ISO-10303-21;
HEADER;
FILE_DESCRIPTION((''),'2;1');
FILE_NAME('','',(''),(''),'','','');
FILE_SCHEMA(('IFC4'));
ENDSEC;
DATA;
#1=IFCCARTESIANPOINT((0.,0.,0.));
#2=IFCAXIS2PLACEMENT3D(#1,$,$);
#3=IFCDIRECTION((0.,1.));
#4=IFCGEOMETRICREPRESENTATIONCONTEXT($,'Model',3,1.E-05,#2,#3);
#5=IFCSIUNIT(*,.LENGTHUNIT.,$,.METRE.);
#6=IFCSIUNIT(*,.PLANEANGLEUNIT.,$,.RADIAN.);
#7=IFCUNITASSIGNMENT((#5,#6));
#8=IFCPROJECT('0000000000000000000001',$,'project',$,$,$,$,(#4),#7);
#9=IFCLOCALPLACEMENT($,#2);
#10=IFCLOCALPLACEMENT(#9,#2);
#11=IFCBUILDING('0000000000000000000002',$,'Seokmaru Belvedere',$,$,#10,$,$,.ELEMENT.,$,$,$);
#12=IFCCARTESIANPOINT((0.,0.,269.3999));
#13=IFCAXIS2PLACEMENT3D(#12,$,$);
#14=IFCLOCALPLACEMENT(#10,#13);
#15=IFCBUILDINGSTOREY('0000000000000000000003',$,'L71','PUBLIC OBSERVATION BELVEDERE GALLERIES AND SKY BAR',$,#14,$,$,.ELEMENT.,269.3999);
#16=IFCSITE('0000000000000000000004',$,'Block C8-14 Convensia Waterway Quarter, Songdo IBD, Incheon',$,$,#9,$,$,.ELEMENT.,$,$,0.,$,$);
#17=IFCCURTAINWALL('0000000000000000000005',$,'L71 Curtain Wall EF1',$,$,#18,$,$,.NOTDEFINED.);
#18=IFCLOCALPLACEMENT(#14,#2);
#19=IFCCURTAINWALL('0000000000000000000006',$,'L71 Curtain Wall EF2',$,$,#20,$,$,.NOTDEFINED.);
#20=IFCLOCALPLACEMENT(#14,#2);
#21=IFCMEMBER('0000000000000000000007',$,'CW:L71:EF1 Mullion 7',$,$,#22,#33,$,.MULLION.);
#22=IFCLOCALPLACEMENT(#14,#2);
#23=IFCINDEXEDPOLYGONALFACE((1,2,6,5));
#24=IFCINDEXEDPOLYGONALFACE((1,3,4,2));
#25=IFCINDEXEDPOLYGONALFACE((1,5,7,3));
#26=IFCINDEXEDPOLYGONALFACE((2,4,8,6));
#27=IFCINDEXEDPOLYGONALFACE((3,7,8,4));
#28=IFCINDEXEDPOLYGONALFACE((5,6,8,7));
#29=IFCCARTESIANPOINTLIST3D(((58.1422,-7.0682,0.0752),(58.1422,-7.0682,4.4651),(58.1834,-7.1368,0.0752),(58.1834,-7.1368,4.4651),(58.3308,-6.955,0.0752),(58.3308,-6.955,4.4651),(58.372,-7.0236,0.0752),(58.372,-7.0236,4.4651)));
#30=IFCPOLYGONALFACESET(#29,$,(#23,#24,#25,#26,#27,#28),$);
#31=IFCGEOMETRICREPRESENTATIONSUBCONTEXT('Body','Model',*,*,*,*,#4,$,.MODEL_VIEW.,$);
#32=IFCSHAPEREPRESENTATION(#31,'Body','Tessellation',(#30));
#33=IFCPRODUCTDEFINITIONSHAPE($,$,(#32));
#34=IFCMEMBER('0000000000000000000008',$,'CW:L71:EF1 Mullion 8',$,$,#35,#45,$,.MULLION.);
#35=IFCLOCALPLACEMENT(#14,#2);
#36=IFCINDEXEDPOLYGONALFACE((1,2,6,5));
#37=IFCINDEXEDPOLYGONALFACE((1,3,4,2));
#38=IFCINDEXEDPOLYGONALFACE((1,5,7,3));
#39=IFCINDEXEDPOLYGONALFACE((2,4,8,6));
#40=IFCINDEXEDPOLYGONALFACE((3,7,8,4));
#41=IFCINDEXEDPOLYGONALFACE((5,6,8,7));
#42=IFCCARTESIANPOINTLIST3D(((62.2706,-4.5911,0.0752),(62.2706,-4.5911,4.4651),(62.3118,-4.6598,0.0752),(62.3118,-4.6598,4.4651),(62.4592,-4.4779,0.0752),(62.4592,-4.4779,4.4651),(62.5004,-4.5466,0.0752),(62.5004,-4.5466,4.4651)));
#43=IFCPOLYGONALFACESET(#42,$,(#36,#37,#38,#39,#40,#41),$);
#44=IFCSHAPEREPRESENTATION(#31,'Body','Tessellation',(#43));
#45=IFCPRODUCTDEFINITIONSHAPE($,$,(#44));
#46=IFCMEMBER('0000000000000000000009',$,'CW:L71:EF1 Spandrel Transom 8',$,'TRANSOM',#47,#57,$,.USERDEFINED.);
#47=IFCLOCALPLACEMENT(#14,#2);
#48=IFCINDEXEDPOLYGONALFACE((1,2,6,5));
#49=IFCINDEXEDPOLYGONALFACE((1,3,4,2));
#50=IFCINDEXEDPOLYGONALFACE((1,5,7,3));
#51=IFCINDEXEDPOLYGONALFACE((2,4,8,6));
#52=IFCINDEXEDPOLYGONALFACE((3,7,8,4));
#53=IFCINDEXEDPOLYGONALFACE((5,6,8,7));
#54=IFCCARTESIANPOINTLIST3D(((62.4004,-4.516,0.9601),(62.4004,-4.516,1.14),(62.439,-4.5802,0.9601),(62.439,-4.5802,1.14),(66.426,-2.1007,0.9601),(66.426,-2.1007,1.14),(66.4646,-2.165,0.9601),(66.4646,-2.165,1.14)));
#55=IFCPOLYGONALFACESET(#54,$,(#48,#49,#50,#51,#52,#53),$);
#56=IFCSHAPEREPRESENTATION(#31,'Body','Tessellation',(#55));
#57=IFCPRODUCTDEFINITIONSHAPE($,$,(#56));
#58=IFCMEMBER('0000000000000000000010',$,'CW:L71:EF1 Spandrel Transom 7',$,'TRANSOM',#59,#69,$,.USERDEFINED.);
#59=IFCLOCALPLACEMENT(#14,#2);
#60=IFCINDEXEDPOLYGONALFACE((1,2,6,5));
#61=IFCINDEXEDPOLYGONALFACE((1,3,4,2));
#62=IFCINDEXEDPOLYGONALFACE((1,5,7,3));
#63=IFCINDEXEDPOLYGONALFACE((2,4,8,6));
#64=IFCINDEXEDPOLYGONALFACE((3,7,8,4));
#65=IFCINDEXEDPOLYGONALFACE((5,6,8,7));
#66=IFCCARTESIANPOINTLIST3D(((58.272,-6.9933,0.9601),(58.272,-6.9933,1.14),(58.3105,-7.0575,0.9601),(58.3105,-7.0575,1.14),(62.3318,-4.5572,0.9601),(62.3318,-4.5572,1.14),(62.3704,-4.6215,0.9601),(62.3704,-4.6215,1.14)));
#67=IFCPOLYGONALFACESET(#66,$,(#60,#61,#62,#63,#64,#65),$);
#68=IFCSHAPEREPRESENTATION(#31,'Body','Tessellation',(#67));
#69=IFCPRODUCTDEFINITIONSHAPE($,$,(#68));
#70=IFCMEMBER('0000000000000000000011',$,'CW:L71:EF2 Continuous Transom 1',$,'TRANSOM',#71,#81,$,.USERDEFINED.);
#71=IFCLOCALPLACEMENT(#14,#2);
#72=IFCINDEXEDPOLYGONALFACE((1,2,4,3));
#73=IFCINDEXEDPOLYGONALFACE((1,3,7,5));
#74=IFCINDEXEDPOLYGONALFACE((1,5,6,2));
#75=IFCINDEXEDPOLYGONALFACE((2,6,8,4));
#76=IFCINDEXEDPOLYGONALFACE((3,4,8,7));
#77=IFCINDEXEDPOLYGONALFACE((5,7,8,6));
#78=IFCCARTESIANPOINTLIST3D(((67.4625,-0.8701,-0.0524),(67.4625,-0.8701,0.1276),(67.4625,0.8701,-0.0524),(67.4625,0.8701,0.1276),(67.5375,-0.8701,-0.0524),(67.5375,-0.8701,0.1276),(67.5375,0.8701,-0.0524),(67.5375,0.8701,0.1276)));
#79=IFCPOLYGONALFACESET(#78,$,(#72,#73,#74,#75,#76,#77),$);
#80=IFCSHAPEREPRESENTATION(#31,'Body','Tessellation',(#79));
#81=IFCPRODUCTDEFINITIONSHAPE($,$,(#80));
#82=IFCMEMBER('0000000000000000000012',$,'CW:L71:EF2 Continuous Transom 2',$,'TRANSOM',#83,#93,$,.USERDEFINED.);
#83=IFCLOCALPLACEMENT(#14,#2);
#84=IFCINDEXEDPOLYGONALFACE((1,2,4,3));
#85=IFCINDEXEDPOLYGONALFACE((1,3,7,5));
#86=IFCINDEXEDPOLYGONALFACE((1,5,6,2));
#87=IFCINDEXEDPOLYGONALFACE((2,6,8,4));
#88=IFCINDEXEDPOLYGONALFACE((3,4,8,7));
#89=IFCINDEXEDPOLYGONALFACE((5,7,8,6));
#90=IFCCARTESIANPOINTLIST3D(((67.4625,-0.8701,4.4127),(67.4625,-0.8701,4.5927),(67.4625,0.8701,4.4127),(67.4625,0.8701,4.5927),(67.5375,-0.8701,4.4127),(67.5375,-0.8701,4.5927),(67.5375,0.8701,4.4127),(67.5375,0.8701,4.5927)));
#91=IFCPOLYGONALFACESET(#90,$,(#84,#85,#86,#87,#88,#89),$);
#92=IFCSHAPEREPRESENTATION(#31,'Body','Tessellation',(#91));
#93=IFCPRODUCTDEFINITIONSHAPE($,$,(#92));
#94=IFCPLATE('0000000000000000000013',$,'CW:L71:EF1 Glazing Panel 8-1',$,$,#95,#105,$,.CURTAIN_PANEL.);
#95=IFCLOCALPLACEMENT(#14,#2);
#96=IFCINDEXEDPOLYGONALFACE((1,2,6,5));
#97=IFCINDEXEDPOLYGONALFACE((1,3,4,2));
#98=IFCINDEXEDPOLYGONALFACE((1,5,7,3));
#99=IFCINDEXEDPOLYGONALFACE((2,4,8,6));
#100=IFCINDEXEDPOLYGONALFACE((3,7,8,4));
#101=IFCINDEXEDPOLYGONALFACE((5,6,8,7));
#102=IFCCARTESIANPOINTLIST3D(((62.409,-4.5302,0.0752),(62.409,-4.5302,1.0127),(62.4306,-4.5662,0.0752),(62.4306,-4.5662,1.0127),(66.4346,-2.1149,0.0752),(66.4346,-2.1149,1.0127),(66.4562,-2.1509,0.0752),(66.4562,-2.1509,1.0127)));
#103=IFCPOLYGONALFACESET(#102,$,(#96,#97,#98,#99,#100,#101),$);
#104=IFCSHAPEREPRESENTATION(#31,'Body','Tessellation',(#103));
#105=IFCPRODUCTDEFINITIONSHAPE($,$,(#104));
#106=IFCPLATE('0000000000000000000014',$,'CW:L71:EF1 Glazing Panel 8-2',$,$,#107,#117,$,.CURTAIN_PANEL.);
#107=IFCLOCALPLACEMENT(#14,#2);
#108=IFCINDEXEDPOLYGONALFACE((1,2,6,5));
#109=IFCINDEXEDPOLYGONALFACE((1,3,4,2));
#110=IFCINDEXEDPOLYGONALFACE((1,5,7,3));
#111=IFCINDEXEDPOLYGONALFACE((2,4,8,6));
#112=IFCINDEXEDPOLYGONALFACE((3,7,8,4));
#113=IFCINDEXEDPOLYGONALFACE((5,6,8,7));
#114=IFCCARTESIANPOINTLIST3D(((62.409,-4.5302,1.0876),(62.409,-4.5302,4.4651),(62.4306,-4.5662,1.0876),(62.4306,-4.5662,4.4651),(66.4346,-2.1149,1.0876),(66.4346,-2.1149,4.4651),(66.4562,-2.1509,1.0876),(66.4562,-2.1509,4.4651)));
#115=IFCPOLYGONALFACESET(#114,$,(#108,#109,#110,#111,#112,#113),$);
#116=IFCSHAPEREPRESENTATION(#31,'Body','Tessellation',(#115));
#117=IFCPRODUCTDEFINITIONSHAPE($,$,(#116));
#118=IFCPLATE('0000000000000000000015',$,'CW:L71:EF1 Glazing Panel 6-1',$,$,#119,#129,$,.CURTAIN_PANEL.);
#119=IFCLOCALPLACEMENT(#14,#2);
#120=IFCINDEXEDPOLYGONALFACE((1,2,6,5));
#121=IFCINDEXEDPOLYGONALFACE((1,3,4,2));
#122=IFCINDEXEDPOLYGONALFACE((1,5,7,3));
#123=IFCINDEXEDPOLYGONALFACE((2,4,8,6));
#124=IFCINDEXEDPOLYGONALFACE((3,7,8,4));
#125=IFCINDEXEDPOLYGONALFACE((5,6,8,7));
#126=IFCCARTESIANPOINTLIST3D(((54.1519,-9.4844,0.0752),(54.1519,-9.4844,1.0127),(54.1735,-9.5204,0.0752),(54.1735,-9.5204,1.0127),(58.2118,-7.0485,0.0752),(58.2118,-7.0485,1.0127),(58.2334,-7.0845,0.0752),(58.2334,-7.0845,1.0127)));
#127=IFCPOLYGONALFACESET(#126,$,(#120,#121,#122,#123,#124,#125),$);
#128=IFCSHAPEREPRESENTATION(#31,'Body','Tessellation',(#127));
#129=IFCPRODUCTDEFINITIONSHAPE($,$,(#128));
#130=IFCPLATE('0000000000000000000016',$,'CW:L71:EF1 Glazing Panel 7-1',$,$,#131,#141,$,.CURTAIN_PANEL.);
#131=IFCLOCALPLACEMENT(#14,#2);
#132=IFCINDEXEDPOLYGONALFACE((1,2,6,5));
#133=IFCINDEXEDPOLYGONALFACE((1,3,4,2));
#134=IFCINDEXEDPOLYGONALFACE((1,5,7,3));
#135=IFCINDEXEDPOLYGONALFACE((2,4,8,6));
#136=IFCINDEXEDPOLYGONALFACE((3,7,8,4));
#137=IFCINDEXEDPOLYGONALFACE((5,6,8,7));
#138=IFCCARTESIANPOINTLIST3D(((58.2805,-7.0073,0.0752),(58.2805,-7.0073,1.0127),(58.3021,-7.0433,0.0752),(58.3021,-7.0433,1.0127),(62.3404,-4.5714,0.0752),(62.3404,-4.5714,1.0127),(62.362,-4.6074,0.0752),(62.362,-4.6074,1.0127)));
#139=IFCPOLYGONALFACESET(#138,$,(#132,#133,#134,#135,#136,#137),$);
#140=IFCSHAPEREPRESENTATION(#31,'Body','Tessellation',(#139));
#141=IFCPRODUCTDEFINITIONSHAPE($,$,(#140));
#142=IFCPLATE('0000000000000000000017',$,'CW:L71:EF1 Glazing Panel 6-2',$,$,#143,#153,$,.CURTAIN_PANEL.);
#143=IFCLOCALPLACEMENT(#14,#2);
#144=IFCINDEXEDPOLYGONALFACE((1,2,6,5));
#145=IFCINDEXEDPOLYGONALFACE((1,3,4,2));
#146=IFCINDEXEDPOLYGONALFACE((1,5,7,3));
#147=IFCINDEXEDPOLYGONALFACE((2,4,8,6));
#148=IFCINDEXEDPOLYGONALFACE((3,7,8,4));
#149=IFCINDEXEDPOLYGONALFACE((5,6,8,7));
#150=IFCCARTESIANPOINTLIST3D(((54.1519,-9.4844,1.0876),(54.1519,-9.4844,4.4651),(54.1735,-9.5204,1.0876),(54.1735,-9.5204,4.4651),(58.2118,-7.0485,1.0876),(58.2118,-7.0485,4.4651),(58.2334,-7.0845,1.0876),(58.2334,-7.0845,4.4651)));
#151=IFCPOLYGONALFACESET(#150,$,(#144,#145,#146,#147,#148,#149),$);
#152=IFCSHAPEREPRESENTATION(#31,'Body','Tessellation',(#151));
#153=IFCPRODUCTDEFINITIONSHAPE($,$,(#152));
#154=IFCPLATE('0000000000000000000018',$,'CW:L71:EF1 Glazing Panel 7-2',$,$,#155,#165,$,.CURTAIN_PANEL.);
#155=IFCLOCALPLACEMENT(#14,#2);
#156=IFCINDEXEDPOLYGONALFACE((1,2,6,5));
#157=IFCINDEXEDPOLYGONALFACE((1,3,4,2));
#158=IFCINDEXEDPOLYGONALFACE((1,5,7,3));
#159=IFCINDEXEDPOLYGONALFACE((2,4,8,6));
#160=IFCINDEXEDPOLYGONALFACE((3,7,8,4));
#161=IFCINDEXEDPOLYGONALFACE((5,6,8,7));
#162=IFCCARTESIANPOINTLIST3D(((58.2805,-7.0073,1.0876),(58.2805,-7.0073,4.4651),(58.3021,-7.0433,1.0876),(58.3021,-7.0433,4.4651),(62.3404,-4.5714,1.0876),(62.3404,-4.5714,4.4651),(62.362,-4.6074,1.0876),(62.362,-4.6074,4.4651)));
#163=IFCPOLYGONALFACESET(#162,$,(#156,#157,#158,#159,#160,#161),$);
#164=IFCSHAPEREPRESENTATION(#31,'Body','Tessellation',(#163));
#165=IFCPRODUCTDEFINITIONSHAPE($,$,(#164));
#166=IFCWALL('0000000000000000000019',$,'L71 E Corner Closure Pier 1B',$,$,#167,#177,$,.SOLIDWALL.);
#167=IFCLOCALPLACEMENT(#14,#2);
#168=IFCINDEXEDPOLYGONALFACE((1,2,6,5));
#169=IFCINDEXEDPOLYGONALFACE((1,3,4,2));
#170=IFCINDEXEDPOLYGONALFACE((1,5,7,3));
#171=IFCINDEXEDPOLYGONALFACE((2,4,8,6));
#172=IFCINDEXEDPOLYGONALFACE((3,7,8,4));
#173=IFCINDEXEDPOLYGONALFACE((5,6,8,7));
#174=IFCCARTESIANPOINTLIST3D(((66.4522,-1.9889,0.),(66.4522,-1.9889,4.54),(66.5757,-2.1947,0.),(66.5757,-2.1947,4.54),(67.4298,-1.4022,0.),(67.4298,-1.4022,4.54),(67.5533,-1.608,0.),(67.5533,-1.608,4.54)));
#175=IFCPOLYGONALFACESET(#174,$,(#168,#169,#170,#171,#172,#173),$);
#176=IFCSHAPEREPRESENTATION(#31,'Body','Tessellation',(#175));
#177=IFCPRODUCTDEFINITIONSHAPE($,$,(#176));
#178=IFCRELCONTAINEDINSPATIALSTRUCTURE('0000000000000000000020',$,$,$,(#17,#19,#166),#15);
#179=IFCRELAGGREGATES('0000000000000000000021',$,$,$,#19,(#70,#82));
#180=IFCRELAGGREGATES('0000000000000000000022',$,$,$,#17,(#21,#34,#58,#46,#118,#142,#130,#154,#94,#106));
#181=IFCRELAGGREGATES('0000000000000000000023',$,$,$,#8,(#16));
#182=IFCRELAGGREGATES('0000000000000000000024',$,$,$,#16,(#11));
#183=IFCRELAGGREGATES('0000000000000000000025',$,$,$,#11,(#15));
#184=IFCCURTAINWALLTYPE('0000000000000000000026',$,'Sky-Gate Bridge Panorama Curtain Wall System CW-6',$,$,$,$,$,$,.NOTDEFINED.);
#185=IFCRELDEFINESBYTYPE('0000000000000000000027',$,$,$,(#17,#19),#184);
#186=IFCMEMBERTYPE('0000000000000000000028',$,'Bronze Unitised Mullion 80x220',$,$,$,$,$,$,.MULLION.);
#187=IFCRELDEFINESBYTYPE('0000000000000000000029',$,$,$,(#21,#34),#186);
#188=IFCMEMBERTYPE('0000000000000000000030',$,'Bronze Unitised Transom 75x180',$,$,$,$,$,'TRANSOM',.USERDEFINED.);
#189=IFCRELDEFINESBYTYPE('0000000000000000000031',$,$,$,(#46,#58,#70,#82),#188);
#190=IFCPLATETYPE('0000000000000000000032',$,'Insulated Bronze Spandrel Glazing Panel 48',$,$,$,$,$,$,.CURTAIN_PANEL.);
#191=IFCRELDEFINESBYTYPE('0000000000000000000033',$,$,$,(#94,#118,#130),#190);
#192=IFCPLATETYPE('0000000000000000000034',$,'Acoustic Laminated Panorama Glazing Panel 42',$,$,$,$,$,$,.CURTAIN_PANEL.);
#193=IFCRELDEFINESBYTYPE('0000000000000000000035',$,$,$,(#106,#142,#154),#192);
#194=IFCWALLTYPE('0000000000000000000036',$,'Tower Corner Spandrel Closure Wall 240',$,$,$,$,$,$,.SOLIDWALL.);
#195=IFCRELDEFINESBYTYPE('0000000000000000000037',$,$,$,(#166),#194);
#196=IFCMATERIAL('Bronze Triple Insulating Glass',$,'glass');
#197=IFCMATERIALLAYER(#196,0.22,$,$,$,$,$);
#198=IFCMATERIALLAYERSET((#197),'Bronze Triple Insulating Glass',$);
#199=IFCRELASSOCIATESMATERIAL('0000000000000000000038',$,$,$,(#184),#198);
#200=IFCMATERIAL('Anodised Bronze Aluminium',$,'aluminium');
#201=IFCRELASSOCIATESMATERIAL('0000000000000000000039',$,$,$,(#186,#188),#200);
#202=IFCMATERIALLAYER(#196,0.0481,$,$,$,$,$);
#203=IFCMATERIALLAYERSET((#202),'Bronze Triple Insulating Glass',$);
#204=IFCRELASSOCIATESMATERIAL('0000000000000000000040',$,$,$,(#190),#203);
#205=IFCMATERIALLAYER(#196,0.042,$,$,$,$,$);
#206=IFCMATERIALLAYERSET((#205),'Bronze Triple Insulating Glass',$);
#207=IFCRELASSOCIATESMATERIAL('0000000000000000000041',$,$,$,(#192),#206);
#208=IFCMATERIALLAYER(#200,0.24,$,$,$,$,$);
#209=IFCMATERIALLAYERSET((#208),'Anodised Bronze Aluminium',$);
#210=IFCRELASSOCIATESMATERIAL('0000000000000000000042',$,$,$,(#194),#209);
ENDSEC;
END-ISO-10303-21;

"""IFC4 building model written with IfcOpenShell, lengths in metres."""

from ifc_helpers import new_model, si_unit, direction, frame, frame_2d, origin, origin_2d, place, context, subcontext, project, spatial, rectangle, extrude, source, transform, mapped, material, layer, layer_set, material_profile, profile_set, type_object, type_shapes, element, aggregate, save


model = new_model("IFC4")

# Units and contexts
model_context = context("Model", 3, precision=1e-05, world=origin(), true_north=direction((0.0, 1.0)))
body_context = subcontext(model_context, "Body", "Model", "MODEL_VIEW")
ifc_project = project(units=[si_unit("LENGTHUNIT", "METRE"), si_unit("PLANEANGLEUNIT", "RADIAN")], contexts=[model_context])

# Site, building, storey
site_placement = place(None, origin())
site = spatial("IfcSite", under=ifc_project, at=site_placement, Name="Block C8-14 Convensia Waterway Quarter, Songdo IBD, Incheon", CompositionType="ELEMENT", RefElevation=0.0)
building_placement = place(site_placement, origin())
building = spatial("IfcBuilding", under=site, at=building_placement, Name="Seokmaru Belvedere", CompositionType="ELEMENT")
storey_placement = place(building_placement, frame((0.0, 0.0, 269.3999)))
storey = spatial("IfcBuildingStorey", under=building, at=storey_placement, Name="L71", Description="PUBLIC OBSERVATION BELVEDERE GALLERIES AND SKY BAR", CompositionType="ELEMENT", Elevation=269.3999)

# Curtain walls
ifc_material_1 = material(Name="Bronze Triple Insulating Glass", Category="glass")
ifc_layer_1 = layer(ifc_material_1, 0.22)
ifc_layer_set_1 = layer_set([ifc_layer_1], Name="Bronze Triple Insulating Glass")
curtain_wall_type = type_object("IfcCurtainWallType", Name="Sky-Gate Bridge Panorama Curtain Wall System CW-6", PredefinedType="NOTDEFINED", material=ifc_layer_set_1)
curtain_wall_1_placement = place(storey_placement, origin())
curtain_wall_1 = element("IfcCurtainWall", 1, at=curtain_wall_1_placement, inside=storey, type_object=curtain_wall_type, Name="L71 Curtain Wall EF1", PredefinedType="NOTDEFINED")
ifc_material_2 = material(Name="Anodised Bronze Aluminium", Category="aluminium")
ifc_material_profile_1 = material_profile(ifc_material_2, rectangle(XDim=0.0801, YDim=0.22, at=origin_2d()), Name="CW-M-80x220")
ifc_profile_set_1 = profile_set([ifc_material_profile_1], Name="Anodised Bronze Aluminium")
member_type_1 = type_object("IfcMemberType", Name="Bronze Unitised Mullion 80x220", PredefinedType="MULLION", material=ifc_profile_set_1)
curtain_wall_2_placement = place(storey_placement, origin())
curtain_wall_2 = element("IfcCurtainWall", 2, at=curtain_wall_2_placement, inside=storey, type_object=curtain_wall_type, Name="L71 Curtain Wall EF2", PredefinedType="NOTDEFINED")

# Members
shared_shape_1 = source(origin(), body_context, "Body", "SweptSolid", [
    extrude(rectangle(XDim=0.0801, YDim=0.22, at=origin_2d()), origin(), (0.0, 0.0, 1.0), 4.3899),
])
member_1_placement = place(storey_placement, frame((58.2571, -7.0459, 0.0752), z_axis=(0.0, 0.0, 1.0), x_axis=(-0.514495, 0.857493, 0.0)))
member_1 = element("IfcMember", 3, at=member_1_placement, type_object=member_type_1, Name="CW:L71:EF1 Mullion 7", PredefinedType="MULLION", context=body_context, shape_type="MappedRepresentation", body=[
    mapped(shared_shape_1, transform((0.0, 0.0, 0.0), scale=1.0)),
])
member_2_placement = place(storey_placement, frame((62.3855, -4.5688, 0.0752), z_axis=(0.0, 0.0, 1.0), x_axis=(-0.514495, 0.857493, 0.0)))
member_2 = element("IfcMember", 4, at=member_2_placement, type_object=member_type_1, Name="CW:L71:EF1 Mullion 8", PredefinedType="MULLION", context=body_context, shape_type="MappedRepresentation", body=[
    mapped(shared_shape_1, transform((0.0, 0.0, 0.0), scale=1.0)),
])
ifc_material_profile_2 = material_profile(ifc_material_2, rectangle(XDim=0.075, YDim=0.1799, at=origin_2d()), Name="CW-T-75x180")
ifc_profile_set_2 = profile_set([ifc_material_profile_2], Name="Anodised Bronze Aluminium")
member_type_2 = type_object("IfcMemberType", Name="Bronze Unitised Transom 75x180", ElementType="TRANSOM", PredefinedType="USERDEFINED", material=ifc_profile_set_2)
shared_shape_2 = source(origin(), body_context, "Body", "SweptSolid", [
    extrude(rectangle(XDim=0.075, YDim=0.1799, at=origin_2d()), origin(), (0.0, 0.0, 1.0), 4.6946),
])
member_3_placement = place(storey_placement, frame((62.4197, -4.5481, 1.05), z_axis=(0.857502, 0.51448, 0.0), x_axis=(-0.51448, 0.857502, 0.0)))
member_3 = element("IfcMember", 5, at=member_3_placement, type_object=member_type_2, Name="CW:L71:EF1 Spandrel Transom 8", ObjectType="TRANSOM", PredefinedType="USERDEFINED", context=body_context, shape_type="MappedRepresentation", body=[
    mapped(shared_shape_2, transform((0.0, 0.0, 0.0), scale=1.0)),
])
shared_shape_3 = source(origin(), body_context, "Body", "SweptSolid", [
    extrude(rectangle(XDim=0.075, YDim=0.1799, at=origin_2d()), origin(), (0.0, 0.0, 1.0), 4.7346),
])
member_4_placement = place(storey_placement, frame((58.2913, -7.0254, 1.05), z_axis=(0.857479, 0.514519, 0.0), x_axis=(-0.514519, 0.857479, 0.0)))
member_4 = element("IfcMember", 6, at=member_4_placement, type_object=member_type_2, Name="CW:L71:EF1 Spandrel Transom 7", ObjectType="TRANSOM", PredefinedType="USERDEFINED", context=body_context, shape_type="MappedRepresentation", body=[
    mapped(shared_shape_3, transform((0.0, 0.0, 0.0), scale=1.0)),
])
shared_shape_4 = source(origin(), body_context, "Body", "SweptSolid", [
    extrude(rectangle(XDim=0.075, YDim=0.1799, at=origin_2d()), origin(), (0.0, 0.0, 1.0), 1.7402),
])
type_shapes(member_type_2, [shared_shape_2, shared_shape_3, shared_shape_4])
member_5_placement = place(storey_placement, frame((67.5, -0.8701, 0.0376), z_axis=(0.0, 1.0, 0.0), x_axis=(-1.0, 0.0, 0.0)))
member_5 = element("IfcMember", 7, at=member_5_placement, type_object=member_type_2, Name="CW:L71:EF2 Continuous Transom 1", ObjectType="TRANSOM", PredefinedType="USERDEFINED", context=body_context, shape_type="MappedRepresentation", body=[
    mapped(shared_shape_4, transform((0.0, 0.0, 0.0), scale=1.0)),
])
member_6_placement = place(storey_placement, frame((67.5, -0.8701, 4.5027), z_axis=(0.0, 1.0, 0.0), x_axis=(-1.0, 0.0, 0.0)))
member_6 = element("IfcMember", 8, at=member_6_placement, type_object=member_type_2, Name="CW:L71:EF2 Continuous Transom 2", ObjectType="TRANSOM", PredefinedType="USERDEFINED", context=body_context, shape_type="MappedRepresentation", body=[
    mapped(shared_shape_4, transform((0.0, 0.0, 0.0), scale=1.0)),
])
aggregate(curtain_wall_2, [member_5, member_6])

# Plates
ifc_layer_2 = layer(ifc_material_1, 0.0481)
ifc_layer_set_2 = layer_set([ifc_layer_2], Name="Bronze Triple Insulating Glass")
plate_type_1 = type_object("IfcPlateType", Name="Insulated Bronze Spandrel Glazing Panel 48", PredefinedType="CURTAIN_PANEL", material=ifc_layer_set_2)
shared_shape_5 = source(origin(), body_context, "Body", "SweptSolid", [
    extrude(rectangle(XDim=4.6946, YDim=0.042, at=origin_2d()), origin(), (0.0, 0.0, 1.0), 0.9375),
])
plate_1_placement = place(storey_placement, frame((64.4326, -3.3406, 0.0752), z_axis=(0.0, 0.0, 1.0), x_axis=(0.857493, 0.514495, 0.0)))
plate_1 = element("IfcPlate", 9, at=plate_1_placement, type_object=plate_type_1, Name="CW:L71:EF1 Glazing Panel 8-1", PredefinedType="CURTAIN_PANEL", context=body_context, shape_type="MappedRepresentation", body=[
    mapped(shared_shape_5, transform((0.0, 0.0, 0.0), scale=1.0)),
])
ifc_layer_3 = layer(ifc_material_1, 0.042)
ifc_layer_set_3 = layer_set([ifc_layer_3], Name="Bronze Triple Insulating Glass")
plate_type_2 = type_object("IfcPlateType", Name="Acoustic Laminated Panorama Glazing Panel 42", PredefinedType="CURTAIN_PANEL", material=ifc_layer_set_3)
shared_shape_6 = source(origin(), body_context, "Body", "SweptSolid", [
    extrude(rectangle(XDim=4.6946, YDim=0.042, at=origin_2d()), origin(), (0.0, 0.0, 1.0), 3.3774),
])
plate_2_placement = place(storey_placement, frame((64.4326, -3.3406, 1.0876), z_axis=(0.0, 0.0, 1.0), x_axis=(0.857493, 0.514495, 0.0)))
plate_2 = element("IfcPlate", 10, at=plate_2_placement, type_object=plate_type_2, Name="CW:L71:EF1 Glazing Panel 8-2", PredefinedType="CURTAIN_PANEL", context=body_context, shape_type="MappedRepresentation", body=[
    mapped(shared_shape_6, transform((0.0, 0.0, 0.0), scale=1.0)),
])
shared_shape_7 = source(origin(), body_context, "Body", "SweptSolid", [
    extrude(rectangle(XDim=4.7346, YDim=0.042, at=origin_2d()), origin(), (0.0, 0.0, 1.0), 0.9375),
])
type_shapes(plate_type_1, [shared_shape_5, shared_shape_7])
plate_3_placement = place(storey_placement, frame((56.1926, -8.2844, 0.0752), z_axis=(0.0, 0.0, 1.0), x_axis=(0.857493, 0.514495, 0.0)))
plate_3 = element("IfcPlate", 11, at=plate_3_placement, type_object=plate_type_1, Name="CW:L71:EF1 Glazing Panel 6-1", PredefinedType="CURTAIN_PANEL", context=body_context, shape_type="MappedRepresentation", body=[
    mapped(shared_shape_7, transform((0.0, 0.0, 0.0), scale=1.0)),
])
plate_4_placement = place(storey_placement, frame((60.3213, -5.8074, 0.0752), z_axis=(0.0, 0.0, 1.0), x_axis=(0.857493, 0.514495, 0.0)))
plate_4 = element("IfcPlate", 12, at=plate_4_placement, type_object=plate_type_1, Name="CW:L71:EF1 Glazing Panel 7-1", PredefinedType="CURTAIN_PANEL", context=body_context, shape_type="MappedRepresentation", body=[
    mapped(shared_shape_7, transform((0.0, 0.0, 0.0), scale=1.0)),
])
shared_shape_8 = source(origin(), body_context, "Body", "SweptSolid", [
    extrude(rectangle(XDim=4.7346, YDim=0.042, at=origin_2d()), origin(), (0.0, 0.0, 1.0), 3.3774),
])
type_shapes(plate_type_2, [shared_shape_6, shared_shape_8])
plate_5_placement = place(storey_placement, frame((56.1926, -8.2844, 1.0876), z_axis=(0.0, 0.0, 1.0), x_axis=(0.857493, 0.514495, 0.0)))
plate_5 = element("IfcPlate", 13, at=plate_5_placement, type_object=plate_type_2, Name="CW:L71:EF1 Glazing Panel 6-2", PredefinedType="CURTAIN_PANEL", context=body_context, shape_type="MappedRepresentation", body=[
    mapped(shared_shape_8, transform((0.0, 0.0, 0.0), scale=1.0)),
])
plate_6_placement = place(storey_placement, frame((60.3213, -5.8074, 1.0876), z_axis=(0.0, 0.0, 1.0), x_axis=(0.857493, 0.514495, 0.0)))
plate_6 = element("IfcPlate", 14, at=plate_6_placement, type_object=plate_type_2, Name="CW:L71:EF1 Glazing Panel 7-2", PredefinedType="CURTAIN_PANEL", context=body_context, shape_type="MappedRepresentation", body=[
    mapped(shared_shape_8, transform((0.0, 0.0, 0.0), scale=1.0)),
])
aggregate(curtain_wall_1, [member_1, member_2, member_4, member_3, plate_3, plate_5, plate_4, plate_6, plate_1, plate_2])

# Wall
ifc_layer_4 = layer(ifc_material_2, 0.24)
ifc_layer_set_4 = layer_set([ifc_layer_4], Name="Anodised Bronze Aluminium")
wall_type = type_object("IfcWallType", Name="Tower Corner Spandrel Closure Wall 240", PredefinedType="SOLIDWALL", material=ifc_layer_set_4)
wall_1_placement = place(storey_placement, frame((66.5139, -2.0918, 0.0), z_axis=(0.0, 0.0, 1.0), x_axis=(0.857436, 0.51459, 0.0)))
element("IfcWall", 15, at=wall_1_placement, inside=storey, type_object=wall_type, Name="L71 E Corner Closure Pier 1B", PredefinedType="SOLIDWALL", context=body_context, shape_type="SweptSolid", body=[
    extrude(rectangle(XDim=1.1401, YDim=0.24, at=frame_2d((0.5701, 0.0))), origin(), (0.0, 0.0, 1.0), 4.54),
])

save(model, "model.ifc")
